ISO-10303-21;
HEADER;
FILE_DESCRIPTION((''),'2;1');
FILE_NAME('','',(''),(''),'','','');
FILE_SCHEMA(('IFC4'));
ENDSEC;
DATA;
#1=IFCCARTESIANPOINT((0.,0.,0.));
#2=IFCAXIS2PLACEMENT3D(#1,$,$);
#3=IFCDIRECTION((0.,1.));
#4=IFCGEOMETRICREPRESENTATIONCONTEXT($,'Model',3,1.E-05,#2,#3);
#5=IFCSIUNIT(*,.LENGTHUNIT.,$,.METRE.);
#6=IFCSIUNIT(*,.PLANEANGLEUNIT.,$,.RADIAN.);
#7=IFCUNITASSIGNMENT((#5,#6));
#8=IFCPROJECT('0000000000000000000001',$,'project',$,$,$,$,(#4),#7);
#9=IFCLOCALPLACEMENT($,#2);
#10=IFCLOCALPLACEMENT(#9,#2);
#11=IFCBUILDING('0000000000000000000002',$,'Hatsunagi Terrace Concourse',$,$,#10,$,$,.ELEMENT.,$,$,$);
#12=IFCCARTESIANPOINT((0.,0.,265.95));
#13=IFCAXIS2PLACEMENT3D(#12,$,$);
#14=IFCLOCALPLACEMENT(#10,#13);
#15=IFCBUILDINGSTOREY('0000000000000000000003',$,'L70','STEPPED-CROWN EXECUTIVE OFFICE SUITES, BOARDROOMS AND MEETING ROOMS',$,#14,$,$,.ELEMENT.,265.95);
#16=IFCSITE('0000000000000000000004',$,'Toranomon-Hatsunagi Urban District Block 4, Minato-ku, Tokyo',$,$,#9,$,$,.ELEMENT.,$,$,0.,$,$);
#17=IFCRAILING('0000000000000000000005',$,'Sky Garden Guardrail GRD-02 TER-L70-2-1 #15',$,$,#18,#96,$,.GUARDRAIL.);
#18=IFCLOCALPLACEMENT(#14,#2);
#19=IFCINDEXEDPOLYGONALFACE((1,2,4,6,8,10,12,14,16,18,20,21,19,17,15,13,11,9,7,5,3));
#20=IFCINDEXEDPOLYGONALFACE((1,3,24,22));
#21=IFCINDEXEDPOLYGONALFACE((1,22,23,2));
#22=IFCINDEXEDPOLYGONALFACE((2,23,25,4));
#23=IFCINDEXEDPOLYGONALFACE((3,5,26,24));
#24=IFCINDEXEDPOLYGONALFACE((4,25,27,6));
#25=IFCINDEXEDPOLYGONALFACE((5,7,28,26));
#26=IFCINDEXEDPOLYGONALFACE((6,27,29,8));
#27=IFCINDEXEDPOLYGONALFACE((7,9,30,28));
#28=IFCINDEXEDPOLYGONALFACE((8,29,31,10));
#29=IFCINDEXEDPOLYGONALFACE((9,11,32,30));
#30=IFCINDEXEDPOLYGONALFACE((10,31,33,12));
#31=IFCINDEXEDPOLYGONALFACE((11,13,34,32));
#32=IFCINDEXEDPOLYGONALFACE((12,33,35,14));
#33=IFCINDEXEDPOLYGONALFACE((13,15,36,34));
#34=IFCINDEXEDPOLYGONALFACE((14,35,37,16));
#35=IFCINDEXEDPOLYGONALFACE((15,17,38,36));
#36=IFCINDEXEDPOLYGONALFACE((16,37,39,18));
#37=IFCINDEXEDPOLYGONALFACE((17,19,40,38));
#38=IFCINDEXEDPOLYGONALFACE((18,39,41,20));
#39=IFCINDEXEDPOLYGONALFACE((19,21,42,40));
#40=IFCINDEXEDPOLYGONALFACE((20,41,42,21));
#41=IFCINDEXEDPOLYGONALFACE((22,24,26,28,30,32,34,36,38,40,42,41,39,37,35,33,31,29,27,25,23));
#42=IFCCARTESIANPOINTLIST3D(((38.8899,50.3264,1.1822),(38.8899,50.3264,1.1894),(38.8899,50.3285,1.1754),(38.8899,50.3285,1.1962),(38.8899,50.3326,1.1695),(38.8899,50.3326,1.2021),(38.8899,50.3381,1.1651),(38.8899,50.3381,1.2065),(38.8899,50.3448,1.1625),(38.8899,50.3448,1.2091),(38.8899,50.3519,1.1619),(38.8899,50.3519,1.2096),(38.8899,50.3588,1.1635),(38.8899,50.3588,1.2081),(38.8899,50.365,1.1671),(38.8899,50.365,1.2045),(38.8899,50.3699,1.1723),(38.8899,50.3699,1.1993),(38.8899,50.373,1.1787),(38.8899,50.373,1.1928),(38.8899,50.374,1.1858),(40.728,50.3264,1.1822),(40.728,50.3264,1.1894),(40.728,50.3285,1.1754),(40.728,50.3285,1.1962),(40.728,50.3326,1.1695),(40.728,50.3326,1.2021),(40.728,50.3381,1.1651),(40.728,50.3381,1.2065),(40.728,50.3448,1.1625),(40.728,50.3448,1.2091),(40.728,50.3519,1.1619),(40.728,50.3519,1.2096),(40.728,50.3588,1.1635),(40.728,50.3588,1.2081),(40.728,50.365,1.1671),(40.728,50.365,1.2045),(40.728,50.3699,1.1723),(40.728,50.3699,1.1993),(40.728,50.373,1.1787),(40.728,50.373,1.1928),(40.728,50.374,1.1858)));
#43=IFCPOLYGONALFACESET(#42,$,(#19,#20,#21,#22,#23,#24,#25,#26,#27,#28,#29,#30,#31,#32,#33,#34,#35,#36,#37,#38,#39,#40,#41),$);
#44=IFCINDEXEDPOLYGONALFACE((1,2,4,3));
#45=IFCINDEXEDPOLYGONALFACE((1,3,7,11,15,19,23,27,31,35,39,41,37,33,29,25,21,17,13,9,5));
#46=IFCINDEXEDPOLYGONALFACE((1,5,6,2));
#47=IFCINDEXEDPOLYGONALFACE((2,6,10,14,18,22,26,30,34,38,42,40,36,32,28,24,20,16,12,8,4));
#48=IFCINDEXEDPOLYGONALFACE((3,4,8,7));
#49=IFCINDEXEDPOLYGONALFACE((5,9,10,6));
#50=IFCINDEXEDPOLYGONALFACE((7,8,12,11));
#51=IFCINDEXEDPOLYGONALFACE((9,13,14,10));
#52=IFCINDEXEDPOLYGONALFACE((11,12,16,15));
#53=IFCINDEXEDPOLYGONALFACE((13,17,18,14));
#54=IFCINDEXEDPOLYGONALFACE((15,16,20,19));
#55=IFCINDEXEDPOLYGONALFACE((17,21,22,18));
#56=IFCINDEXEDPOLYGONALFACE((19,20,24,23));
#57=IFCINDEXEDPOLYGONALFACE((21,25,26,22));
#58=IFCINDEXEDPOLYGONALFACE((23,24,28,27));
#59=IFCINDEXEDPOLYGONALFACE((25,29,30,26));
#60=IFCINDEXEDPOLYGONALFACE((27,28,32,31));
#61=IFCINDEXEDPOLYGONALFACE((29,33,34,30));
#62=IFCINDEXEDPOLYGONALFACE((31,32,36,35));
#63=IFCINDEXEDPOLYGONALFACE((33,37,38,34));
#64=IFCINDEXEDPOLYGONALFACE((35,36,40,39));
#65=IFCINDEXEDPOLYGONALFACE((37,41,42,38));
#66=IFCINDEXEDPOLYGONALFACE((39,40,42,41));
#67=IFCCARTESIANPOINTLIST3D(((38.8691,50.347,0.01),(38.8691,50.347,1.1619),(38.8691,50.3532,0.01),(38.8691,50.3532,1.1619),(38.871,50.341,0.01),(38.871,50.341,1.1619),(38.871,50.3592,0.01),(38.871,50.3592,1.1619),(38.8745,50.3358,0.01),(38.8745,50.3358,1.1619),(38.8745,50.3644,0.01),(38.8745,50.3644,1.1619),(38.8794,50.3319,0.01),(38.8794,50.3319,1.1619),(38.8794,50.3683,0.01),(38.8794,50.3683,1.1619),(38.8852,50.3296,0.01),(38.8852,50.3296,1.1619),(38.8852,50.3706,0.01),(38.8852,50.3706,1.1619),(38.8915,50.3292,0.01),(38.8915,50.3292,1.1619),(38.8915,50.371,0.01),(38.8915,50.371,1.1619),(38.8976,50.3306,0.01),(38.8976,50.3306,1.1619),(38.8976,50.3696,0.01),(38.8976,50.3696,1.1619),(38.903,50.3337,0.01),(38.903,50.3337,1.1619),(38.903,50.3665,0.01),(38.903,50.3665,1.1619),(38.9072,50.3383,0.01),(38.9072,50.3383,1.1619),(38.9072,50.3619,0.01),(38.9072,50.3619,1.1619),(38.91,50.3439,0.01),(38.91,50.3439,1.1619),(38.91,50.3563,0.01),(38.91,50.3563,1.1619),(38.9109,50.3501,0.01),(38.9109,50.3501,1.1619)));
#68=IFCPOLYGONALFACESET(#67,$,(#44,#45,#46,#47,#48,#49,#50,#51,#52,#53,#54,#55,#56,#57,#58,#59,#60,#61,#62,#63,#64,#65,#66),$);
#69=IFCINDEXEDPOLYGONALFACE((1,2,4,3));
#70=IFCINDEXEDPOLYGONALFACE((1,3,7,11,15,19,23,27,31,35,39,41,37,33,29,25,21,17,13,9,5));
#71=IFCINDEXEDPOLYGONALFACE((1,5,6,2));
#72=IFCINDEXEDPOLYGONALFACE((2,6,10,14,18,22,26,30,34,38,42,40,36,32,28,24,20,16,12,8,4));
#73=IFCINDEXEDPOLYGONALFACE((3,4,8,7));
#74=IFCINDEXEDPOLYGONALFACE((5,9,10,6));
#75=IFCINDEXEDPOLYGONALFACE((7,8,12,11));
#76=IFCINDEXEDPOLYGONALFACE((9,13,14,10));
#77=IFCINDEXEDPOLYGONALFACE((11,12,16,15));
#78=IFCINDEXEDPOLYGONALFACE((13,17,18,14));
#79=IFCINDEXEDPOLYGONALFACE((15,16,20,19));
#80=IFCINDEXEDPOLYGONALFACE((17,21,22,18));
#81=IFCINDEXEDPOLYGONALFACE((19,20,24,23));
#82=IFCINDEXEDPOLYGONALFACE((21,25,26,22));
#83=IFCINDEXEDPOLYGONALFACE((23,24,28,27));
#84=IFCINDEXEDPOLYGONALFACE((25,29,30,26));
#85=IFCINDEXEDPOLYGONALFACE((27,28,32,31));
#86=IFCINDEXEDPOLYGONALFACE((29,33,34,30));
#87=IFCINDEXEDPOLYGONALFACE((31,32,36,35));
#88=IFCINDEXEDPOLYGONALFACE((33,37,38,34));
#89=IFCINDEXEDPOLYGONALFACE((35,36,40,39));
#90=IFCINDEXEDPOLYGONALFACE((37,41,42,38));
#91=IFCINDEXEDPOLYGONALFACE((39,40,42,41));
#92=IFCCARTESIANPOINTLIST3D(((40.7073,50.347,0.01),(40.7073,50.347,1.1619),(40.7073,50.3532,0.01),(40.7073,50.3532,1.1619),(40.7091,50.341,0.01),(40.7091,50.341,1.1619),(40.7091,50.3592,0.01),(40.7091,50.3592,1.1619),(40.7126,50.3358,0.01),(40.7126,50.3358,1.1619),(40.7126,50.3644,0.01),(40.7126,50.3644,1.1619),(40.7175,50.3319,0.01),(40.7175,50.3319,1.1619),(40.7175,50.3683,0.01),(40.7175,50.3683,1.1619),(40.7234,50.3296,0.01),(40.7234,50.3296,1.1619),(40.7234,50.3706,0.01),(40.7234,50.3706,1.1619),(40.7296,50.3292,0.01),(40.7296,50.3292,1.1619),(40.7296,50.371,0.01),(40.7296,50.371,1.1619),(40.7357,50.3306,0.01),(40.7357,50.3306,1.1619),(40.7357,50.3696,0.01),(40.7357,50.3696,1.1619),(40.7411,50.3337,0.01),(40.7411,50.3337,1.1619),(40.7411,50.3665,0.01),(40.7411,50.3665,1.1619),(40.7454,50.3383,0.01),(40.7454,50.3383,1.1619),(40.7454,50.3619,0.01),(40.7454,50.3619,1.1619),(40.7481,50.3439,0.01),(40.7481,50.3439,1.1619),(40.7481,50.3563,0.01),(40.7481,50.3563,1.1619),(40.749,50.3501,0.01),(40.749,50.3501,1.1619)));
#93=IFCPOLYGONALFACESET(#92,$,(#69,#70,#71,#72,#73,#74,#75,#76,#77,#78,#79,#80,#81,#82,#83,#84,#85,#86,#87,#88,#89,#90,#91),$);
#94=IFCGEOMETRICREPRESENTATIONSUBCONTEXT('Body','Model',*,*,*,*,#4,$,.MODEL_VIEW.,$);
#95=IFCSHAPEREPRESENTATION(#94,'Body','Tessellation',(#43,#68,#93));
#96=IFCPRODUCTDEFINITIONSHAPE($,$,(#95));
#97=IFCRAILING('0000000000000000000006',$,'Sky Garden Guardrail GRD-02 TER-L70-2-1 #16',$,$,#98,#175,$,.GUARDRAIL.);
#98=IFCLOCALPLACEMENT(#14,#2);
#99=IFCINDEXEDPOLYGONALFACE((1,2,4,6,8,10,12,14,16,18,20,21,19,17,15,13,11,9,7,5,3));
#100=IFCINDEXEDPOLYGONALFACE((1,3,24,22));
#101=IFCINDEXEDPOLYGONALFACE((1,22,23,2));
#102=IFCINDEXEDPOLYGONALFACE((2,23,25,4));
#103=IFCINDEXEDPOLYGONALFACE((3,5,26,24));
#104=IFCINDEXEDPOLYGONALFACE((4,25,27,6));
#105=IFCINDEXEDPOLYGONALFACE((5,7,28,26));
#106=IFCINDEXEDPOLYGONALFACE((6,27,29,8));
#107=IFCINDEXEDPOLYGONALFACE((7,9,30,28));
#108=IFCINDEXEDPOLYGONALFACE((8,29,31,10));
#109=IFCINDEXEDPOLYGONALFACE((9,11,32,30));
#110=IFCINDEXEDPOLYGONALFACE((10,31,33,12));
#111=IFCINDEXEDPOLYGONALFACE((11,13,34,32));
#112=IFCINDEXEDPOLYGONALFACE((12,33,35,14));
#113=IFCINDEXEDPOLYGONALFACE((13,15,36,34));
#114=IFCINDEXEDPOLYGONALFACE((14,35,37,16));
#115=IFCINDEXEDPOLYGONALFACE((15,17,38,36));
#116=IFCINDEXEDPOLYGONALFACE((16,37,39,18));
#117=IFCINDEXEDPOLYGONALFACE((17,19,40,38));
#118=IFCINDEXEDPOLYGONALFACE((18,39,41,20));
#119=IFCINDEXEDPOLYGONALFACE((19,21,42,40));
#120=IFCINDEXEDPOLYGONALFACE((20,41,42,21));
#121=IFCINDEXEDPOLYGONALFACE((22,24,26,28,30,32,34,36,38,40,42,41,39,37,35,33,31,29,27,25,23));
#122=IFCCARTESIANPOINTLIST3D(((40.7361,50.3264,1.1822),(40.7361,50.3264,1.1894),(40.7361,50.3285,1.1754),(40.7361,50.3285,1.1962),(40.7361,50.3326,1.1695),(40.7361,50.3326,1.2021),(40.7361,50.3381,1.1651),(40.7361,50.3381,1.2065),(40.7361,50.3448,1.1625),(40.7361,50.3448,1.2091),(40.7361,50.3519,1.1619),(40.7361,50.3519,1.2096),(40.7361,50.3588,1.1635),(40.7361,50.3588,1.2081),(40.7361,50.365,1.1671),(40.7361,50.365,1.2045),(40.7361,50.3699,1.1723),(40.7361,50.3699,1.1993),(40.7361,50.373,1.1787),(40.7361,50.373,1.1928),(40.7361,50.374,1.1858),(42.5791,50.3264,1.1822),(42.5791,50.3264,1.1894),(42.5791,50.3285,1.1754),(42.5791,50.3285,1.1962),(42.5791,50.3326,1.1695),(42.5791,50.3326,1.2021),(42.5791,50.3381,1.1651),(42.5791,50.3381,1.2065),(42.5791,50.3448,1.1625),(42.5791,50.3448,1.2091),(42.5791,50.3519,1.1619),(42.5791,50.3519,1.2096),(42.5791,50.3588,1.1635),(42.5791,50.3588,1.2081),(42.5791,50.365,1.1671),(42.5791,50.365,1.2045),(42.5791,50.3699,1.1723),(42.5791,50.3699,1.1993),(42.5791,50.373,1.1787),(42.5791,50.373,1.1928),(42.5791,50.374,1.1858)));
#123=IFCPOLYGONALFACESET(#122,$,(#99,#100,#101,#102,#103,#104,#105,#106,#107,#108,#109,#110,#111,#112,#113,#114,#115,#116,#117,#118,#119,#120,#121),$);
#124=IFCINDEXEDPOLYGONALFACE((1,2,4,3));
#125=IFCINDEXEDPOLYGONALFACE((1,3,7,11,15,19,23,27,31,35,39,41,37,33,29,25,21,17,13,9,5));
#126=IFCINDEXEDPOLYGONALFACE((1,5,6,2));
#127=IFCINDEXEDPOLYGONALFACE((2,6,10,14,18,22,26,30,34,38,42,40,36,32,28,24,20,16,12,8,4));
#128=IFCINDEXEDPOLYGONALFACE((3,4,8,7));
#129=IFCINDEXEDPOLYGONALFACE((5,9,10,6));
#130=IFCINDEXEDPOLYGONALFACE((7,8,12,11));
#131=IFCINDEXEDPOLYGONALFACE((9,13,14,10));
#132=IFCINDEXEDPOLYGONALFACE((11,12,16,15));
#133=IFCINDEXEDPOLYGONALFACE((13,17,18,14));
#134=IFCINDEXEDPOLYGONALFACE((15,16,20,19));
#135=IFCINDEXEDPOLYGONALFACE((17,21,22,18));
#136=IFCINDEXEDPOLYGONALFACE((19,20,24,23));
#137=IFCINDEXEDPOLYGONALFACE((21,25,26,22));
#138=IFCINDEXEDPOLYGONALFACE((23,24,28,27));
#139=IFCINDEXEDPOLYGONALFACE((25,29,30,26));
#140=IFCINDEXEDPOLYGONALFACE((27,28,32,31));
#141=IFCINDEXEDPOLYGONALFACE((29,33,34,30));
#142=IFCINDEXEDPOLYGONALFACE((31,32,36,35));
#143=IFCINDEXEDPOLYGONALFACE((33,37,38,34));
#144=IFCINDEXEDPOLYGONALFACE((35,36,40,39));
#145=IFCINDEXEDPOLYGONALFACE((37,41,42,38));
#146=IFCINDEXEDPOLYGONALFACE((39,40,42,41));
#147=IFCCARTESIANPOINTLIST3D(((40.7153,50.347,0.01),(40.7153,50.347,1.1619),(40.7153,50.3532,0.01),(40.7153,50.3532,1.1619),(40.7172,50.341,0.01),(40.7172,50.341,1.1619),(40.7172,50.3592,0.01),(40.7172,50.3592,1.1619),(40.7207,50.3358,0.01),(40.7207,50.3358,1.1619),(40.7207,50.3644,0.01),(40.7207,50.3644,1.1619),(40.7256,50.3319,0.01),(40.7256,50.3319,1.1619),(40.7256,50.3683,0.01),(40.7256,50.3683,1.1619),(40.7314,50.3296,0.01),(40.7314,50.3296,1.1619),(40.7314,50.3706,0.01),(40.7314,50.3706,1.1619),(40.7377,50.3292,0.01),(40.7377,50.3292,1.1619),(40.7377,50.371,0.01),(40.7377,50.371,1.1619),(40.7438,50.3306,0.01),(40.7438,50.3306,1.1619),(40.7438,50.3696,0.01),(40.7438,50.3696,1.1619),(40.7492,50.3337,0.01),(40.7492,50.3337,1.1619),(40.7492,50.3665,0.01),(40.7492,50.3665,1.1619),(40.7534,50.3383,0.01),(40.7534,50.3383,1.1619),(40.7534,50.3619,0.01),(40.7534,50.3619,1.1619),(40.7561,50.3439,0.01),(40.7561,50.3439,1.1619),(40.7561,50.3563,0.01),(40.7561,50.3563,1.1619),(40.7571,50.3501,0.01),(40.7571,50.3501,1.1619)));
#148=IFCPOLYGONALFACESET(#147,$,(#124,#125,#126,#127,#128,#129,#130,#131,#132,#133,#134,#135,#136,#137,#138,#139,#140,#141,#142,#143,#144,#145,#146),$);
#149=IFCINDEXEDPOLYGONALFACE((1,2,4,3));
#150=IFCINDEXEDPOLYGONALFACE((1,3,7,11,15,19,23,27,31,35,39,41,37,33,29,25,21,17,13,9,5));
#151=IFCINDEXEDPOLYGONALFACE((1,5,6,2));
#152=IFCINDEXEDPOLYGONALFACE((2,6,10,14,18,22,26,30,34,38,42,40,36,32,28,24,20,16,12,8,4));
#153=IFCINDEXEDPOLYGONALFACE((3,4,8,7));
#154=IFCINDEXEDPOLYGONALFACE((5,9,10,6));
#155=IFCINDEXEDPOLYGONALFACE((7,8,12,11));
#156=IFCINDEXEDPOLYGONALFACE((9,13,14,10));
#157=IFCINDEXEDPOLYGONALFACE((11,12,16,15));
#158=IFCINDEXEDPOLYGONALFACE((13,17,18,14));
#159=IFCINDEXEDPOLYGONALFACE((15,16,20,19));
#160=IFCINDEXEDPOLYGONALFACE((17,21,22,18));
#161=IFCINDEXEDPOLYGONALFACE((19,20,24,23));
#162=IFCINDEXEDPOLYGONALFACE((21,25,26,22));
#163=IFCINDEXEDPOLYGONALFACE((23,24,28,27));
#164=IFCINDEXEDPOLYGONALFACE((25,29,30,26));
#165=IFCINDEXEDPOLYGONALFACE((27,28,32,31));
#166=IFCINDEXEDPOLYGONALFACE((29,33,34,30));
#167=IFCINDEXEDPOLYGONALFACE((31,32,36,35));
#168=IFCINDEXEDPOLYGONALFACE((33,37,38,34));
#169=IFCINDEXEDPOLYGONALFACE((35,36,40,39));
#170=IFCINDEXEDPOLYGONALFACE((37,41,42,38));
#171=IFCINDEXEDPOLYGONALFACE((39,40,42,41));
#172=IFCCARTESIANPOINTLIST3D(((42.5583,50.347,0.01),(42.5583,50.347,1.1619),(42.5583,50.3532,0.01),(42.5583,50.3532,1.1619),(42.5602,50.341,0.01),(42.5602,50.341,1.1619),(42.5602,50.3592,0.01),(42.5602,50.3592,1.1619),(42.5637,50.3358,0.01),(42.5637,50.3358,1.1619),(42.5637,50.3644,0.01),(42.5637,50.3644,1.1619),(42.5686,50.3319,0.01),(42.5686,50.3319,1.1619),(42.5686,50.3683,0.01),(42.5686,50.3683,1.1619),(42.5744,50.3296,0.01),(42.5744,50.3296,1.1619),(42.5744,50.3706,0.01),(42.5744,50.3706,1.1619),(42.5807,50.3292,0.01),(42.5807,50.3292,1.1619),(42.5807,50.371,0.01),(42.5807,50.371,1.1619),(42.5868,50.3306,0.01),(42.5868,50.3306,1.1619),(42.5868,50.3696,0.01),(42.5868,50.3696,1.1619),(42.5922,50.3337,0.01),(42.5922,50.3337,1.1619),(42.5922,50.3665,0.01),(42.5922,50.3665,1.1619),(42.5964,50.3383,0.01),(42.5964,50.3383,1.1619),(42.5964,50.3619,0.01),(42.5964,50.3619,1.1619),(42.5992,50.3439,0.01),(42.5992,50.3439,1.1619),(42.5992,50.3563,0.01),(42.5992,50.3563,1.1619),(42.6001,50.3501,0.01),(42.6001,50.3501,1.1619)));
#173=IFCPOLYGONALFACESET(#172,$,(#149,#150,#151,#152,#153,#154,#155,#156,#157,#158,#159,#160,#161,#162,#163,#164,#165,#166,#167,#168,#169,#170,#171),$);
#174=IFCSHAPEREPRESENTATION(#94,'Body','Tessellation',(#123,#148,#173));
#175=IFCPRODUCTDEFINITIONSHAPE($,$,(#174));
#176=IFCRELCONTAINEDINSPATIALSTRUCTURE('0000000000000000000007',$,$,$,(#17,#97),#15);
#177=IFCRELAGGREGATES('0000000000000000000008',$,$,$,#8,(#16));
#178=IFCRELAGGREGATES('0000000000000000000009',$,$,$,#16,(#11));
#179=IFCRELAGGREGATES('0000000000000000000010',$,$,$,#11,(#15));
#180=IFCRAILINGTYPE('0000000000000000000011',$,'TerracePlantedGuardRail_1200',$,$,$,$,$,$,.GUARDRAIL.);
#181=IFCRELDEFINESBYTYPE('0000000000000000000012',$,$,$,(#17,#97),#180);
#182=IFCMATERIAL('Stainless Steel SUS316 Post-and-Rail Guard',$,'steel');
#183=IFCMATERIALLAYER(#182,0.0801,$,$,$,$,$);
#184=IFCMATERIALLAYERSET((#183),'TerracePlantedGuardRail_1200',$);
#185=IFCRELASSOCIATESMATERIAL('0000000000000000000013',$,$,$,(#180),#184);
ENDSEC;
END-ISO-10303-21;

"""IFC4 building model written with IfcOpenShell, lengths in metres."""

from ifc_helpers import new_model, si_unit, direction, frame, origin, origin_2d, place, context, subcontext, project, spatial, circle, extrude, material, layer, layer_set, type_object, element, save


model = new_model("IFC4")

# Units and contexts
model_context = context("Model", 3, precision=1e-05, world=origin(), true_north=direction((0.0, 1.0)))
body_context = subcontext(model_context, "Body", "Model", "MODEL_VIEW")
ifc_project = project(units=[si_unit("LENGTHUNIT", "METRE"), si_unit("PLANEANGLEUNIT", "RADIAN")], contexts=[model_context])

# Site, building, storey
site_placement = place(None, origin())
site = spatial("IfcSite", under=ifc_project, at=site_placement, Name="Toranomon-Hatsunagi Urban District Block 4, Minato-ku, Tokyo", CompositionType="ELEMENT", RefElevation=0.0)
building_placement = place(site_placement, origin())
building = spatial("IfcBuilding", under=site, at=building_placement, Name="Hatsunagi Terrace Concourse", CompositionType="ELEMENT")
storey_placement = place(building_placement, frame((0.0, 0.0, 265.95)))
storey = spatial("IfcBuildingStorey", under=building, at=storey_placement, Name="L70", Description="STEPPED-CROWN EXECUTIVE OFFICE SUITES, BOARDROOMS AND MEETING ROOMS", CompositionType="ELEMENT", Elevation=265.95)

# Railings
ifc_material_1 = material(Name="Stainless Steel SUS316 Post-and-Rail Guard", Category="steel")
ifc_layer_1 = layer(ifc_material_1, 0.0801)
ifc_layer_set_1 = layer_set([ifc_layer_1], Name="TerracePlantedGuardRail_1200")
railing_type = type_object("IfcRailingType", Name="TerracePlantedGuardRail_1200", PredefinedType="GUARDRAIL", material=ifc_layer_set_1)
railing_1_placement = place(storey_placement, frame((38.8899, 50.3501, 0.01)))
element("IfcRailing", 1, at=railing_1_placement, inside=storey, type_object=railing_type, Name="Sky Garden Guardrail GRD-02 TER-L70-2-1 #15", PredefinedType="GUARDRAIL", context=body_context, shape_type="SweptSolid", body=[
    extrude(circle(Radius=0.0239, at=origin_2d()), frame((0.0, 0.0, 1.1758), z_axis=(1.0, 0.0, 0.0), x_axis=(0.0, 1.0, 0.0)), (0.0, 0.0, 1.0), 1.8381),
    extrude(circle(Radius=0.021, at=origin_2d()), origin(), (0.0, 0.0, 1.0), 1.1519),
    extrude(circle(Radius=0.021, at=origin_2d()), frame((1.8381, 0.0, 0.0)), (0.0, 0.0, 1.0), 1.1519),
])
railing_2_placement = place(storey_placement, frame((40.7361, 50.3501, 0.01)))
element("IfcRailing", 2, at=railing_2_placement, inside=storey, type_object=railing_type, Name="Sky Garden Guardrail GRD-02 TER-L70-2-1 #16", PredefinedType="GUARDRAIL", context=body_context, shape_type="SweptSolid", body=[
    extrude(circle(Radius=0.0239, at=origin_2d()), frame((0.0, 0.0, 1.1758), z_axis=(1.0, 0.0, 0.0), x_axis=(0.0, 1.0, 0.0)), (0.0, 0.0, 1.0), 1.843),
    extrude(circle(Radius=0.021, at=origin_2d()), origin(), (0.0, 0.0, 1.0), 1.1519),
    extrude(circle(Radius=0.021, at=origin_2d()), frame((1.843, 0.0, 0.0)), (0.0, 0.0, 1.0), 1.1519),
])

save(model, "model.ifc")
